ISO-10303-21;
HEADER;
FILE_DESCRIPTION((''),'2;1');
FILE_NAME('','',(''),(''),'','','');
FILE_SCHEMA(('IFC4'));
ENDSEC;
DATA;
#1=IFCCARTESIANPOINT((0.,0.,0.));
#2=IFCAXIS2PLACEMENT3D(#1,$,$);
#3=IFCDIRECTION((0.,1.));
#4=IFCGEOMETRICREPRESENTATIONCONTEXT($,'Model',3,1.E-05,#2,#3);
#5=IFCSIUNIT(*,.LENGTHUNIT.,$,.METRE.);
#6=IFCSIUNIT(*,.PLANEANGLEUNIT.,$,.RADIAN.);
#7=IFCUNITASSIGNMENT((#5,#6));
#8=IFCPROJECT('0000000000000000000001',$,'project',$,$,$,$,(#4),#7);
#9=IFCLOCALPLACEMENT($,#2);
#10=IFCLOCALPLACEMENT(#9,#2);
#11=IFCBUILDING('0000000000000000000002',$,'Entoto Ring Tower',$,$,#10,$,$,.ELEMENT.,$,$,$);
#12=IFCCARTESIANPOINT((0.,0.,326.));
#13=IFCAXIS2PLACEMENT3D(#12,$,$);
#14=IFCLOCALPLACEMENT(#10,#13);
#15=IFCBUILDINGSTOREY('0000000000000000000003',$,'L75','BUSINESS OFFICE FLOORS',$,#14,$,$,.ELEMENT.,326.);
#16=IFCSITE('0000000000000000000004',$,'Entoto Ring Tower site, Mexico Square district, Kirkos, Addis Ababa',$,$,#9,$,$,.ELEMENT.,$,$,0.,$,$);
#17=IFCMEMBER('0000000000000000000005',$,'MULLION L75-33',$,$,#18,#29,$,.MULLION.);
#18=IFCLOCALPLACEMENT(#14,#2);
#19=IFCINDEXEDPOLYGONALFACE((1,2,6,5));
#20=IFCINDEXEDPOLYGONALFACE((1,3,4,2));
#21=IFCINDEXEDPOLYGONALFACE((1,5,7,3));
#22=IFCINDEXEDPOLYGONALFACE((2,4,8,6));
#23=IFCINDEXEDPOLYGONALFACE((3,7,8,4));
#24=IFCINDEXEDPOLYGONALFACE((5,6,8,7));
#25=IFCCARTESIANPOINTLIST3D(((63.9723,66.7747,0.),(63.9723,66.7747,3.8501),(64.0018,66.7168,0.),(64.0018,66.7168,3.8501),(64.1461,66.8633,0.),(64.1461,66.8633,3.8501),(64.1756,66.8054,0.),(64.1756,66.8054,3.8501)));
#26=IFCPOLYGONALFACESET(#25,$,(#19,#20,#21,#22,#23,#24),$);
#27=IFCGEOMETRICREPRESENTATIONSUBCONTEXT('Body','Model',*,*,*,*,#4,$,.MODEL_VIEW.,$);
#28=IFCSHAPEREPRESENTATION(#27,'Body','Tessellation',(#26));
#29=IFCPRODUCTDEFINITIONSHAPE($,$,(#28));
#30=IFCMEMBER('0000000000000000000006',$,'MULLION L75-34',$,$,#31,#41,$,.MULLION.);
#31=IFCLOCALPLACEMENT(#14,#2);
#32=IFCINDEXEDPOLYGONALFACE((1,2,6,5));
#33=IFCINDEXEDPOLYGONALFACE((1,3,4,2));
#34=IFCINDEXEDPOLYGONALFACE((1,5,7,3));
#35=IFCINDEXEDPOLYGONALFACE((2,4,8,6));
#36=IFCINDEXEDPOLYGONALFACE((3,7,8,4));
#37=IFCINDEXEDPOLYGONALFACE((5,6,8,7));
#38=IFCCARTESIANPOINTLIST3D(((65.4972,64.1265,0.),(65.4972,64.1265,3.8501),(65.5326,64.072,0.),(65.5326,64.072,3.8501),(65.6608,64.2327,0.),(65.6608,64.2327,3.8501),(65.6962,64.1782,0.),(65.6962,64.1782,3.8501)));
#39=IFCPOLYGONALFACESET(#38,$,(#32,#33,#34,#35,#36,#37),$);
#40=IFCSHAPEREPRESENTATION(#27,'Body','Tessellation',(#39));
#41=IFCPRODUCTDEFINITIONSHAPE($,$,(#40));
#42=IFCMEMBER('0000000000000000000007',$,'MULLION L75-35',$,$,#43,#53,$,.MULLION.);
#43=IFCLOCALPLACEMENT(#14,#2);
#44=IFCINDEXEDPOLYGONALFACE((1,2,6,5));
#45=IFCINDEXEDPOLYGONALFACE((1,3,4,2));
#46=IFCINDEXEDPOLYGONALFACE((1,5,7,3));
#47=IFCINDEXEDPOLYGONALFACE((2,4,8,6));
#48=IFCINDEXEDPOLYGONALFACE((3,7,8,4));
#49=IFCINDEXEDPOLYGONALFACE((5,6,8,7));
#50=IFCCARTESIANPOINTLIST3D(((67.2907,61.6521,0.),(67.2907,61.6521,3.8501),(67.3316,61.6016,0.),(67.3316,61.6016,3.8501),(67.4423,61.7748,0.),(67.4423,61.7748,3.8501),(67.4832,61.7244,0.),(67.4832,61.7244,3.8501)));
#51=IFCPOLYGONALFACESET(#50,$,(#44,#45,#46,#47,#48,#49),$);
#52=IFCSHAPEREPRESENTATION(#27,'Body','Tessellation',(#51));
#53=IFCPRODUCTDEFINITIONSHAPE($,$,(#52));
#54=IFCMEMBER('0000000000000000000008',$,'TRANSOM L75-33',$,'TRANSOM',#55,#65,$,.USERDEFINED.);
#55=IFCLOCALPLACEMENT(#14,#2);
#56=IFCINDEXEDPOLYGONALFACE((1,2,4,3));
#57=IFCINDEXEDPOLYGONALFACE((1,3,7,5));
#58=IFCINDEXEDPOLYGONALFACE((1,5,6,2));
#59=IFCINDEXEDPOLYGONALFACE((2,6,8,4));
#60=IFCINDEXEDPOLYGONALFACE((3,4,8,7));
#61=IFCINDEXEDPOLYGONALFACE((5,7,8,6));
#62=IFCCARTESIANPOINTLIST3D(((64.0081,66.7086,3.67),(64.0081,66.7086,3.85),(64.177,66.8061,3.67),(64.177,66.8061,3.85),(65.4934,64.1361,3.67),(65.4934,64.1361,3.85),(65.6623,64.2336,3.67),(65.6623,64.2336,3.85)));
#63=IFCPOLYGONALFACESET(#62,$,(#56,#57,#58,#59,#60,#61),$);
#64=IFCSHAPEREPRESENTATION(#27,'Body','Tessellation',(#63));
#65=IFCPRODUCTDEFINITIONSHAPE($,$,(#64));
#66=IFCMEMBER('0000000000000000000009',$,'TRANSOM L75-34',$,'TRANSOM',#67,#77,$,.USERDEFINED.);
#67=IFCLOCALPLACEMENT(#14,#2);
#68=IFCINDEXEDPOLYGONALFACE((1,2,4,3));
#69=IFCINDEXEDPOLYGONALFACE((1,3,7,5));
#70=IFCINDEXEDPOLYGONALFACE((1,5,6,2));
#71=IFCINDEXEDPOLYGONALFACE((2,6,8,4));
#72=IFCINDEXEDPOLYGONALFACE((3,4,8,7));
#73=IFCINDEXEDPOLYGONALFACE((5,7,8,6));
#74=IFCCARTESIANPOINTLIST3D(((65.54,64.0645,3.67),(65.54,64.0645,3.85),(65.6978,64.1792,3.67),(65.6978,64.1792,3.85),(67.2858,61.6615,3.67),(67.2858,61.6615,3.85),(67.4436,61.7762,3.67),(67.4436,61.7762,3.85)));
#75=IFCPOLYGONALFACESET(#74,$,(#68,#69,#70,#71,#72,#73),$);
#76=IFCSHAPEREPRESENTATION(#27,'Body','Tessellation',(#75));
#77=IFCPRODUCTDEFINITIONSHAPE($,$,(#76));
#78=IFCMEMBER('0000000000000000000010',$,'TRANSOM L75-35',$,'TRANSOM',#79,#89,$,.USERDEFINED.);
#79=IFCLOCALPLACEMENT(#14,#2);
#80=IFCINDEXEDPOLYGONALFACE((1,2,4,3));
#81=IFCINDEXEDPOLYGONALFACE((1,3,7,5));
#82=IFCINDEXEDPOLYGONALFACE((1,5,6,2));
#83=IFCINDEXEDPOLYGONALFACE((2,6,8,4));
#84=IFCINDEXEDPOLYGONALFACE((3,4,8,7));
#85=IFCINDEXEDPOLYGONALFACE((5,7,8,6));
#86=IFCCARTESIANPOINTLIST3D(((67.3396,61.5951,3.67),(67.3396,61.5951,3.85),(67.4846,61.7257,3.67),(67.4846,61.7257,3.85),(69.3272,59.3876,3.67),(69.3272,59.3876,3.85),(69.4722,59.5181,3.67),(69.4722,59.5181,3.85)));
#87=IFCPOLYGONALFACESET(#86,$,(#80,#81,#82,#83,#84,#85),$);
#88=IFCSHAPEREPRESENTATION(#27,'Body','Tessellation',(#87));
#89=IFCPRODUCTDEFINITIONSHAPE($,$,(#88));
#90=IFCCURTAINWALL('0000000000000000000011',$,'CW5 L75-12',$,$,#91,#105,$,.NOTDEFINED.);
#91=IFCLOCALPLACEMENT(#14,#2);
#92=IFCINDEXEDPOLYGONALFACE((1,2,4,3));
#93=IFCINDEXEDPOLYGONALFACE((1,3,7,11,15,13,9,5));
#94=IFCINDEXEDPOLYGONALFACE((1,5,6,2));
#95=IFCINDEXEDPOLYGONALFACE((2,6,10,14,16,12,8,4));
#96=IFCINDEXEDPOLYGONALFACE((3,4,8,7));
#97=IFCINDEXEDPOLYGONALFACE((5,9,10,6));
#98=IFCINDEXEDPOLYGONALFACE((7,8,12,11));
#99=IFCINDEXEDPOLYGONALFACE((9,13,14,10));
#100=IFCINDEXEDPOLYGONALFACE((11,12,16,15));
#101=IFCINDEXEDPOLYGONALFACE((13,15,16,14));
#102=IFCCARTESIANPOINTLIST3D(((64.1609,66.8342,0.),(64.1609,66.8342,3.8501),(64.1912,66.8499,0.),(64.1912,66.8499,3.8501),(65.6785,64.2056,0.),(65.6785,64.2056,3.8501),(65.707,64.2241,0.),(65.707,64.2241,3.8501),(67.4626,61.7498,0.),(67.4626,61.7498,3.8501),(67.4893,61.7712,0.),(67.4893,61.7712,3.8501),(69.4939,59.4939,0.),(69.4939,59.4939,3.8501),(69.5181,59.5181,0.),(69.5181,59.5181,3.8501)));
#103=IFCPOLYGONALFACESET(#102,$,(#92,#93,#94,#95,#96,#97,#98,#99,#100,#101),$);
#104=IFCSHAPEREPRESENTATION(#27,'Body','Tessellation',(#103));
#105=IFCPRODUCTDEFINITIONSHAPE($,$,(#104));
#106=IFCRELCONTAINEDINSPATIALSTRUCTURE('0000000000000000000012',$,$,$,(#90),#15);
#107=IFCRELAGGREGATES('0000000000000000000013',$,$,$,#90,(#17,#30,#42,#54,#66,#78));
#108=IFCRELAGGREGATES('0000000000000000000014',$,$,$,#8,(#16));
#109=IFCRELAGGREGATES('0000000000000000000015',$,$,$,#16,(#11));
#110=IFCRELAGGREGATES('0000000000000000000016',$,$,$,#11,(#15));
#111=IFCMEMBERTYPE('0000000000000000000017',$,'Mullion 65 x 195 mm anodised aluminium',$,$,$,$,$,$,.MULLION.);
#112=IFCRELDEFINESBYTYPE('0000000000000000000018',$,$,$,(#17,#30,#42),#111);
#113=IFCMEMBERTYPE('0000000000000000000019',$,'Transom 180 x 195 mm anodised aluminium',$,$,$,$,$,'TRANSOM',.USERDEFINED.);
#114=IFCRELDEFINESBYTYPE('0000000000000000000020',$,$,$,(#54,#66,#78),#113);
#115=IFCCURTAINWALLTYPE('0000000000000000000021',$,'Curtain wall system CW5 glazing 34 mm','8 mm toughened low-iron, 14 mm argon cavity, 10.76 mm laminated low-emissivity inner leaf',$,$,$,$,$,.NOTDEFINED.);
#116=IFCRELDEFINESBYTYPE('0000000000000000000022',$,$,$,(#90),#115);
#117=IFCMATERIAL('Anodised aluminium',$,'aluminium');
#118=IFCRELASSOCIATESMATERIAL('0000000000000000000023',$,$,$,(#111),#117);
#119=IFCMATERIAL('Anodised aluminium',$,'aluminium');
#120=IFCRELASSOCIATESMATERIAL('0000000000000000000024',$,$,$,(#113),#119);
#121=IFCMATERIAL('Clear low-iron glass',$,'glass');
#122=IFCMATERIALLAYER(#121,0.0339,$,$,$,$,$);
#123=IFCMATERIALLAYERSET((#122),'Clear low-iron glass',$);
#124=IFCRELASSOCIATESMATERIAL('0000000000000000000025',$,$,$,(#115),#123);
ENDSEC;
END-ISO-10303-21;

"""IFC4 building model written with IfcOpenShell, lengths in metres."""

from ifc_helpers import new_model, si_unit, direction, frame, origin, origin_2d, place, context, subcontext, project, spatial, polyline, rectangle, outline, extrude, material, layer, layer_set, material_profile, profile_set, type_object, element, aggregate, save


model = new_model("IFC4")

# Units and contexts
model_context = context("Model", 3, precision=1e-05, world=origin(), true_north=direction((0.0, 1.0)))
body_context = subcontext(model_context, "Body", "Model", "MODEL_VIEW")
ifc_project = project(units=[si_unit("LENGTHUNIT", "METRE"), si_unit("PLANEANGLEUNIT", "RADIAN")], contexts=[model_context])

# Members
ifc_material_1 = material(Name="Anodised aluminium", Category="aluminium")
ifc_material_profile_1 = material_profile(ifc_material_1, rectangle(XDim=0.0649, YDim=0.1951, at=origin_2d()), Name="Mullion 65 x 195 mm anodised aluminium")
ifc_profile_set_1 = profile_set([ifc_material_profile_1], Name="Anodised aluminium")
member_type_1 = type_object("IfcMemberType", Name="Mullion 65 x 195 mm anodised aluminium", PredefinedType="MULLION", material=ifc_profile_set_1)
site_placement = place(None, origin())
building_placement = place(site_placement, origin())
storey_placement = place(building_placement, frame((0.0, 0.0, 326.0)))
member_1_placement = place(storey_placement, frame((64.074, 66.79, 0.0), z_axis=(0.0, 0.0, 1.0), x_axis=(0.45399, -0.891007, 0.0)))
member_1 = element("IfcMember", 1, at=member_1_placement, type_object=member_type_1, Name="MULLION L75-33", PredefinedType="MULLION", context=body_context, shape_type="SweptSolid", body=[
    extrude(rectangle(XDim=0.0649, YDim=0.1951, at=origin_2d()), origin(), (0.0, 0.0, 1.0), 3.8501),
])
member_2_placement = place(storey_placement, frame((65.5967, 64.1523, 0.0), z_axis=(0.0, 0.0, 1.0), x_axis=(0.544639, -0.838671, 0.0)))
member_2 = element("IfcMember", 2, at=member_2_placement, type_object=member_type_1, Name="MULLION L75-34", PredefinedType="MULLION", context=body_context, shape_type="SweptSolid", body=[
    extrude(rectangle(XDim=0.0649, YDim=0.1951, at=origin_2d()), origin(), (0.0, 0.0, 1.0), 3.8501),
])
member_3_placement = place(storey_placement, frame((67.387, 61.6882, 0.0), z_axis=(0.0, 0.0, 1.0), x_axis=(0.62932, -0.777146, 0.0)))
member_3 = element("IfcMember", 3, at=member_3_placement, type_object=member_type_1, Name="MULLION L75-35", PredefinedType="MULLION", context=body_context, shape_type="SweptSolid", body=[
    extrude(rectangle(XDim=0.0649, YDim=0.1951, at=origin_2d()), origin(), (0.0, 0.0, 1.0), 3.8501),
])
ifc_material_2 = material(Name="Anodised aluminium", Category="aluminium")
ifc_material_profile_2 = material_profile(ifc_material_2, rectangle(XDim=0.1951, YDim=0.1799, at=origin_2d()), Name="Transom 180 x 195 mm anodised aluminium")
ifc_profile_set_2 = profile_set([ifc_material_profile_2], Name="Anodised aluminium")
member_type_2 = type_object("IfcMemberType", Name="Transom 180 x 195 mm anodised aluminium", ElementType="TRANSOM", PredefinedType="USERDEFINED", material=ifc_profile_set_2)
member_4_placement = place(storey_placement, frame((64.0925, 66.7573, 3.76), z_axis=(0.500028, -0.866009, 0.0), x_axis=(0.866009, 0.500028, 0.0)))
member_4 = element("IfcMember", 4, at=member_4_placement, type_object=member_type_2, Name="TRANSOM L75-33", ObjectType="TRANSOM", PredefinedType="USERDEFINED", context=body_context, shape_type="SweptSolid", body=[
    extrude(rectangle(XDim=0.1951, YDim=0.1799, at=origin_2d()), origin(), (0.0, 0.0, 1.0), 2.9705),
])
member_5_placement = place(storey_placement, frame((65.6189, 64.1218, 3.76), z_axis=(0.587766, -0.809031, 0.0), x_axis=(0.809031, 0.587766, 0.0)))
member_5 = element("IfcMember", 5, at=member_5_placement, type_object=member_type_2, Name="TRANSOM L75-34", ObjectType="TRANSOM", PredefinedType="USERDEFINED", context=body_context, shape_type="SweptSolid", body=[
    extrude(rectangle(XDim=0.1951, YDim=0.1799, at=origin_2d()), origin(), (0.0, 0.0, 1.0), 2.9702),
])
member_6_placement = place(storey_placement, frame((67.4121, 61.6604, 3.76), z_axis=(0.66911, -0.743163, 0.0), x_axis=(0.743163, 0.66911, 0.0)))
member_6 = element("IfcMember", 6, at=member_6_placement, type_object=member_type_2, Name="TRANSOM L75-35", ObjectType="TRANSOM", PredefinedType="USERDEFINED", context=body_context, shape_type="SweptSolid", body=[
    extrude(rectangle(XDim=0.1951, YDim=0.1799, at=origin_2d()), origin(), (0.0, 0.0, 1.0), 2.9705),
])

# Site, building, storey
site = spatial("IfcSite", under=ifc_project, at=site_placement, Name="Entoto Ring Tower site, Mexico Square district, Kirkos, Addis Ababa", CompositionType="ELEMENT", RefElevation=0.0)
building = spatial("IfcBuilding", under=site, at=building_placement, Name="Entoto Ring Tower", CompositionType="ELEMENT")
storey = spatial("IfcBuildingStorey", under=building, at=storey_placement, Name="L75", Description="BUSINESS OFFICE FLOORS", CompositionType="ELEMENT", Elevation=326.0)

# Curtain wall
ifc_material_3 = material(Name="Clear low-iron glass", Category="glass")
ifc_layer = layer(ifc_material_3, 0.0339)
ifc_layer_set = layer_set([ifc_layer], Name="Clear low-iron glass")
curtain_wall_type = type_object("IfcCurtainWallType", Name="Curtain wall system CW5 glazing 34 mm", Description="8 mm toughened low-iron, 14 mm argon cavity, 10.76 mm laminated low-emissivity inner leaf", PredefinedType="NOTDEFINED", material=ifc_layer_set)
curtain_wall_1_placement = place(storey_placement, origin())
curtain_wall_1 = element("IfcCurtainWall", 7, at=curtain_wall_1_placement, inside=storey, type_object=curtain_wall_type, Name="CW5 L75-12", PredefinedType="NOTDEFINED", context=body_context, shape_type="SweptSolid", body=[
    extrude(outline(polyline([(64.1609, 66.8342), (65.6785, 64.2056), (67.4626, 61.7498), (69.4939, 59.4939), (69.5181, 59.5181), (67.4893, 61.7712), (65.707, 64.2241), (64.1912, 66.8499), (64.1609, 66.8342)])), origin(), (0.0, 0.0, 1.0), 3.8501),
])
aggregate(curtain_wall_1, [member_1, member_2, member_3, member_4, member_5, member_6])

save(model, "model.ifc")
